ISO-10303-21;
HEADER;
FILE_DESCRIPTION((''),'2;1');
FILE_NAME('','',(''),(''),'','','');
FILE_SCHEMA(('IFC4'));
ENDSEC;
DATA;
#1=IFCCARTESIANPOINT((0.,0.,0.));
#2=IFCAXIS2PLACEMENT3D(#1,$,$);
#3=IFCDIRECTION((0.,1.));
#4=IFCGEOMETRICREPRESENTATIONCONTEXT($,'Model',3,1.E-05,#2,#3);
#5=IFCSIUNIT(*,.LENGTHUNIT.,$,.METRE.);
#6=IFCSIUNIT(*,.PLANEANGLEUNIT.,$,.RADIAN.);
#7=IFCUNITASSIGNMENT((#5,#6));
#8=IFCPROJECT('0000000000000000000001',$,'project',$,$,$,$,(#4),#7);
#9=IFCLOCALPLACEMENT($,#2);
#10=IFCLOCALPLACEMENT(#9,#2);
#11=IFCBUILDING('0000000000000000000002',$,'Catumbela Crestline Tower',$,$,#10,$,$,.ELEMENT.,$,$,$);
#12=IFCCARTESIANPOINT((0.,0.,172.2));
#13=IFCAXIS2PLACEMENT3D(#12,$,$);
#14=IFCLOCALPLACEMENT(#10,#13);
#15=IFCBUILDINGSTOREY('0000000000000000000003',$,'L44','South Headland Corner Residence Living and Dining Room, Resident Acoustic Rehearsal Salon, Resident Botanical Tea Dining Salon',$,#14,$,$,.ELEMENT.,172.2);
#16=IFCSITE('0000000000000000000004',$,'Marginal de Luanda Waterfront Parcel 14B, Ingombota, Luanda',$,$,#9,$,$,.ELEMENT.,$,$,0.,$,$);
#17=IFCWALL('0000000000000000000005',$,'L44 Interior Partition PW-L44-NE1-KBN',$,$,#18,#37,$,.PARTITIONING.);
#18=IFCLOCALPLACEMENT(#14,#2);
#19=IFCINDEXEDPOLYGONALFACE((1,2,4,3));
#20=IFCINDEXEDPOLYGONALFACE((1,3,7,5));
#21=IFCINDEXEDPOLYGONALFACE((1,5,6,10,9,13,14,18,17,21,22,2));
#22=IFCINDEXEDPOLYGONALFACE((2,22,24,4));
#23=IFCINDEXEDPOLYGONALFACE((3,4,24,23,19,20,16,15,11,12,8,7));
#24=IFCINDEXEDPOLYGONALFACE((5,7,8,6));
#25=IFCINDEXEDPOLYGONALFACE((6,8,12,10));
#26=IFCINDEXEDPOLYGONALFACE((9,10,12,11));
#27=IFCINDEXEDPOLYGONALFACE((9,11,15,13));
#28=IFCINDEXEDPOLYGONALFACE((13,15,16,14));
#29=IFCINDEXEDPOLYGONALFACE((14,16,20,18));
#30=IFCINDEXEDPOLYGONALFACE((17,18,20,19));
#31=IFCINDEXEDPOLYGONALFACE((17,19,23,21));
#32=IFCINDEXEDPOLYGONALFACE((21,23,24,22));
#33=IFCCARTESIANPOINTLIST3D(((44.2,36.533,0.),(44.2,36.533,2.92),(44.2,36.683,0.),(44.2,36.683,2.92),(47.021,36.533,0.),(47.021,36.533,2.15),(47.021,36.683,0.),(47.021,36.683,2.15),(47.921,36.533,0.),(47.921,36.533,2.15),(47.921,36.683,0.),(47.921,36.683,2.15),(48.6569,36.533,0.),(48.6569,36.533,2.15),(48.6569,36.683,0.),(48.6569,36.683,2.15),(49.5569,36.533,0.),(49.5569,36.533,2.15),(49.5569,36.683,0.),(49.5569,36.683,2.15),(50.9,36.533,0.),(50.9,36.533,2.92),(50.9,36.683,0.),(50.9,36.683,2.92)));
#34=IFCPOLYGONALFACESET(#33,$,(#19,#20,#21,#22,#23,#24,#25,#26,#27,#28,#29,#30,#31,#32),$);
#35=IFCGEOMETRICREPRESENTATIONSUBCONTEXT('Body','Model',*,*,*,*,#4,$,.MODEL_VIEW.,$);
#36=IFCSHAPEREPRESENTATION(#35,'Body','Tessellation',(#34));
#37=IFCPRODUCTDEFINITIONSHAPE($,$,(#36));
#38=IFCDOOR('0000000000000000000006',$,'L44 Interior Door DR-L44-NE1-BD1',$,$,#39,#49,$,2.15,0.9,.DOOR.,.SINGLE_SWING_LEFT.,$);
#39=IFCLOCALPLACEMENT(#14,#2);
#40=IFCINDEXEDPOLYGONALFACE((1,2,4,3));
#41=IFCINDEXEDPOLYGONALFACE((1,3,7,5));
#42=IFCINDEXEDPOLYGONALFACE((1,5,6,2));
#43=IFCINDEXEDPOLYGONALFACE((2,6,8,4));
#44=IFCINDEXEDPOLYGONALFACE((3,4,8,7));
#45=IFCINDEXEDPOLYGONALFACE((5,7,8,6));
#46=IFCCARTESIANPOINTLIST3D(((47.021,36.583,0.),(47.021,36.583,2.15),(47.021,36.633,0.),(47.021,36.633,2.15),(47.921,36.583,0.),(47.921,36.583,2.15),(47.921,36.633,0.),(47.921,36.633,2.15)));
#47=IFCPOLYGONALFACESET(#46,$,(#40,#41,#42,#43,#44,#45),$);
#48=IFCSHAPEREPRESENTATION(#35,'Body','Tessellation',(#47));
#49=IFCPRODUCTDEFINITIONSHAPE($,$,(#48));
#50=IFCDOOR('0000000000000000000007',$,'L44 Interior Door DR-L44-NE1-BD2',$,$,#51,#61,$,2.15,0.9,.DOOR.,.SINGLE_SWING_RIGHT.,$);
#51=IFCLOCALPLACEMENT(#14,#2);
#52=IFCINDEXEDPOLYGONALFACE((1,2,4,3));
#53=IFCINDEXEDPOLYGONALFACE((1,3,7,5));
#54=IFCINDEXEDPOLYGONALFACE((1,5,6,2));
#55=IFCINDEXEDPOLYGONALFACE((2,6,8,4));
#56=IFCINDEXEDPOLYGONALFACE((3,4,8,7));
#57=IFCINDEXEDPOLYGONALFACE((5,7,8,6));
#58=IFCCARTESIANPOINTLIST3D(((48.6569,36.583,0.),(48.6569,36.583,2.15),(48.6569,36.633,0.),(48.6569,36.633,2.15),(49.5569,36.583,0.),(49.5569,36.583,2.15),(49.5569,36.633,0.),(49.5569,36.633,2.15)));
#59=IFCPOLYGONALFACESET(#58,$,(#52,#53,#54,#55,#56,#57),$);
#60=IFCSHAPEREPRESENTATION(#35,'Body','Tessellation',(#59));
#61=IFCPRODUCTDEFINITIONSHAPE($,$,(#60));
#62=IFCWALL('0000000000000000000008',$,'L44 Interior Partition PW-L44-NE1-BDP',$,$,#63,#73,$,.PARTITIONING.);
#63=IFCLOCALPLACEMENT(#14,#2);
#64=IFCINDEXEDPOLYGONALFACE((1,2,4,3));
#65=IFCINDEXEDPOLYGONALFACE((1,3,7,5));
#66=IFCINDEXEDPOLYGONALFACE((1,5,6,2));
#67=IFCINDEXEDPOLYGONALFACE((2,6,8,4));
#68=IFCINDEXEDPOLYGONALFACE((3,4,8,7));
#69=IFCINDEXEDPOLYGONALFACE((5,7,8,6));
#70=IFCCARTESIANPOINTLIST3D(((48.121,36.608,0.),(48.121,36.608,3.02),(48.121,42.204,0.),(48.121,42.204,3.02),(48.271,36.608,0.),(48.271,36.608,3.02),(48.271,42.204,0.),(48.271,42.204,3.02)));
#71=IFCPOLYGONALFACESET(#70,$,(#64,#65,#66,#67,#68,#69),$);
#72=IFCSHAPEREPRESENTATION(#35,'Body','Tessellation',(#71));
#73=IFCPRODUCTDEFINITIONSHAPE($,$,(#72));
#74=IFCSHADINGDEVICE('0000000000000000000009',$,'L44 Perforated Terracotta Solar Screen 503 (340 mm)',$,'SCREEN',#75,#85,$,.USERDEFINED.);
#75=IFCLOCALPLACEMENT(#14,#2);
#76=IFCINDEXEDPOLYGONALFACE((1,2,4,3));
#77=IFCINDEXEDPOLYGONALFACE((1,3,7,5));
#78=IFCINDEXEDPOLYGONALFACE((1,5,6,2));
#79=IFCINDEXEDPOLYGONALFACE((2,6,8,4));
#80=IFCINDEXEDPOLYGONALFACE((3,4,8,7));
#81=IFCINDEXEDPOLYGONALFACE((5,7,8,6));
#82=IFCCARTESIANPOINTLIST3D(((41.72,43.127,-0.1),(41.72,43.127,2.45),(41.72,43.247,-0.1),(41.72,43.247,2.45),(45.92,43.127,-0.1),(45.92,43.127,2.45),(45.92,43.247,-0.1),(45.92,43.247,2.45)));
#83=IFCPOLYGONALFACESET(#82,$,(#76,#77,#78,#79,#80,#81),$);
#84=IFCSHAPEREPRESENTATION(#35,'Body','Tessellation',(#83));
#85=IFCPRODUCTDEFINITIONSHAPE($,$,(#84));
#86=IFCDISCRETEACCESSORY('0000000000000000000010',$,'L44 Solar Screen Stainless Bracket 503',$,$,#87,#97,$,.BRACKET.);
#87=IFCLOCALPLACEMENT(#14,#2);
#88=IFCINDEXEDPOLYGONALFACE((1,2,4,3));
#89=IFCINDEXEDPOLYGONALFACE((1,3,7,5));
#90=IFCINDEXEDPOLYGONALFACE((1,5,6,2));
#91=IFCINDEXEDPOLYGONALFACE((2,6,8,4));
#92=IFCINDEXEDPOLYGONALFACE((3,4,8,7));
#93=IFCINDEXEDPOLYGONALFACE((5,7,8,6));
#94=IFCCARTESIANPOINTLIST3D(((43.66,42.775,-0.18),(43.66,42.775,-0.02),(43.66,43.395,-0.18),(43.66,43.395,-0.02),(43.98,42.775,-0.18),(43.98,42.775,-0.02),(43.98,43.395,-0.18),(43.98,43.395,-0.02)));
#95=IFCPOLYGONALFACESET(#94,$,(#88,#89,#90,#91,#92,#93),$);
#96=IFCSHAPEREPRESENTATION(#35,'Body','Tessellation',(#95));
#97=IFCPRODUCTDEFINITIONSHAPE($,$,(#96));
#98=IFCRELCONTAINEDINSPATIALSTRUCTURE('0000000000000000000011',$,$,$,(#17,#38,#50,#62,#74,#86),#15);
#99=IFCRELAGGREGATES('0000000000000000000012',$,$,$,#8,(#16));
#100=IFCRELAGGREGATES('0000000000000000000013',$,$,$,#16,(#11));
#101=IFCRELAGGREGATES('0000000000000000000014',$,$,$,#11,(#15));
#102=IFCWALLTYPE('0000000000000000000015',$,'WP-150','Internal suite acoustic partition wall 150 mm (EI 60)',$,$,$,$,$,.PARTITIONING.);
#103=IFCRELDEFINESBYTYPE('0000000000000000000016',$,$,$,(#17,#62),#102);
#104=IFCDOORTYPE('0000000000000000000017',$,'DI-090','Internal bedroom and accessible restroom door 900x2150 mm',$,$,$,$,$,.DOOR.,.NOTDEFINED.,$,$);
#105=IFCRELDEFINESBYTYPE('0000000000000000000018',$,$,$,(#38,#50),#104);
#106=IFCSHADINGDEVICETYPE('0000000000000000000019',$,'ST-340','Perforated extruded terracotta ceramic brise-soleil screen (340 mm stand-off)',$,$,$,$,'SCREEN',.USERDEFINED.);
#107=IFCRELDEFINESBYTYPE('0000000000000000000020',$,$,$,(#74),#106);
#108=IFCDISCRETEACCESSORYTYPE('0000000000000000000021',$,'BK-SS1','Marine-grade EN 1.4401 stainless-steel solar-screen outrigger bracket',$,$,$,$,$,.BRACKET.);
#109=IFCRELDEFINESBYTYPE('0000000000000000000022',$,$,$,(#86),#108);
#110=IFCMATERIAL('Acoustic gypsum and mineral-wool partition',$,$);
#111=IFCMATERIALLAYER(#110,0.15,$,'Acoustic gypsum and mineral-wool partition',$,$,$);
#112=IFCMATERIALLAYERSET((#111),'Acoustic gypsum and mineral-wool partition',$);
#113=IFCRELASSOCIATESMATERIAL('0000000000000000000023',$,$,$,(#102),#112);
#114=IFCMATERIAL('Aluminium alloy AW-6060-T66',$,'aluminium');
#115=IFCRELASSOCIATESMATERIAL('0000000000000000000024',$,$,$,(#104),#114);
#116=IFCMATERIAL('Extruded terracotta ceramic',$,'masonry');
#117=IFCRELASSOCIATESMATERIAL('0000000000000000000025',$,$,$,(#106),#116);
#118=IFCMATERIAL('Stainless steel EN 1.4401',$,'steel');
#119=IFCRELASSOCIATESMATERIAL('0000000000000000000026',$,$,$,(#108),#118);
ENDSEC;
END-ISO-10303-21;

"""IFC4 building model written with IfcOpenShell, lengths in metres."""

from ifc_helpers import new_model, si_unit, direction, frame, frame_2d, origin, origin_2d, place, context, subcontext, project, spatial, rectangle, extrude, material, layer, layer_set, type_object, element, fill, save


model = new_model("IFC4")

# Units and contexts
model_context = context("Model", 3, precision=1e-05, world=origin(), true_north=direction((0.0, 1.0)))
body_context = subcontext(model_context, "Body", "Model", "MODEL_VIEW")
ifc_project = project(units=[si_unit("LENGTHUNIT", "METRE"), si_unit("PLANEANGLEUNIT", "RADIAN")], contexts=[model_context])

# Site, building, storey
site_placement = place(None, origin())
site = spatial("IfcSite", under=ifc_project, at=site_placement, Name="Marginal de Luanda Waterfront Parcel 14B, Ingombota, Luanda", CompositionType="ELEMENT", RefElevation=0.0)
building_placement = place(site_placement, origin())
building = spatial("IfcBuilding", under=site, at=building_placement, Name="Catumbela Crestline Tower", CompositionType="ELEMENT")
storey_placement = place(building_placement, frame((0.0, 0.0, 172.2)))
storey = spatial("IfcBuildingStorey", under=building, at=storey_placement, Name="L44", Description="South Headland Corner Residence Living and Dining Room, Resident Acoustic Rehearsal Salon, Resident Botanical Tea Dining Salon", CompositionType="ELEMENT", Elevation=172.2)

# Shared definitions
ifc_material_1 = material(Name="Aluminium alloy AW-6060-T66", Category="aluminium")

# Wall, openings, doors
ifc_material_2 = material(Name="Acoustic gypsum and mineral-wool partition")
ifc_layer_1 = layer(ifc_material_2, 0.15, Name="Acoustic gypsum and mineral-wool partition")
ifc_layer_set_1 = layer_set([ifc_layer_1], Name="Acoustic gypsum and mineral-wool partition")
wall_type_1 = type_object("IfcWallType", Name="WP-150", Description="Internal suite acoustic partition wall 150 mm (EI 60)", PredefinedType="PARTITIONING", material=ifc_layer_set_1)
wall_1_placement = place(storey_placement, frame((44.2, 36.608, 0.0), z_axis=(0.0, 0.0, 1.0), x_axis=(1.0, 0.0, 0.0)))
wall_1 = element("IfcWall", 1, at=wall_1_placement, inside=storey, type_object=wall_type_1, Name="L44 Interior Partition PW-L44-NE1-KBN", PredefinedType="PARTITIONING", context=body_context, shape_type="SweptSolid", body=[
    extrude(rectangle(XDim=6.7, YDim=0.15, at=frame_2d((3.35, 0.0))), origin(), (0.0, 0.0, 1.0), 2.92),
])
opening_1_placement = place(wall_1_placement, frame((2.821, 0.0, 0.0)))
opening_1 = element("IfcOpeningElement", 2, at=opening_1_placement, cuts=wall_1, PredefinedType="OPENING", context=body_context, shape_type="SweptSolid", body=[
    extrude(rectangle(XDim=0.9, YDim=2.15, at=frame_2d((0.45, 1.075))), frame((0.0, 0.085, 0.0), z_axis=(0.0, -1.0, 0.0), x_axis=(1.0, 0.0, 0.0)), (0.0, 0.0, 1.0), 0.17),
])
opening_2_placement = place(wall_1_placement, frame((4.4569, 0.0, 0.0)))
opening_2 = element("IfcOpeningElement", 3, at=opening_2_placement, cuts=wall_1, PredefinedType="OPENING", context=body_context, shape_type="SweptSolid", body=[
    extrude(rectangle(XDim=0.9, YDim=2.15, at=frame_2d((0.45, 1.075))), frame((0.0, 0.085, 0.0), z_axis=(0.0, -1.0, 0.0), x_axis=(1.0, 0.0, 0.0)), (0.0, 0.0, 1.0), 0.17),
])
door_type = type_object("IfcDoorType", Name="DI-090", Description="Internal bedroom and accessible restroom door 900x2150 mm", OperationType="NOTDEFINED", PredefinedType="DOOR", material=ifc_material_1)
door_1_placement = place(opening_1_placement, origin())
door_1 = element("IfcDoor", 4, at=door_1_placement, inside=storey, type_object=door_type, Name="L44 Interior Door DR-L44-NE1-BD1", OperationType="SINGLE_SWING_LEFT", OverallHeight=2.15, OverallWidth=0.9, PredefinedType="DOOR", context=body_context, shape_type="SweptSolid", body=[
    extrude(rectangle(XDim=0.9, YDim=2.15, at=frame_2d((0.45, 1.075))), frame((0.0, 0.025, 0.0), z_axis=(0.0, -1.0, 0.0), x_axis=(1.0, 0.0, 0.0)), (0.0, 0.0, 1.0), 0.05),
])
fill(opening_1, door_1)
door_2_placement = place(opening_2_placement, origin())
door_2 = element("IfcDoor", 5, at=door_2_placement, inside=storey, type_object=door_type, Name="L44 Interior Door DR-L44-NE1-BD2", OperationType="SINGLE_SWING_RIGHT", OverallHeight=2.15, OverallWidth=0.9, PredefinedType="DOOR", context=body_context, shape_type="SweptSolid", body=[
    extrude(rectangle(XDim=0.9, YDim=2.15, at=frame_2d((0.45, 1.075))), frame((0.0, 0.025, 0.0), z_axis=(0.0, -1.0, 0.0), x_axis=(1.0, 0.0, 0.0)), (0.0, 0.0, 1.0), 0.05),
])
fill(opening_2, door_2)

# Wall
wall_2_placement = place(storey_placement, frame((48.196, 36.608, 0.0), z_axis=(0.0, 0.0, 1.0), x_axis=(0.0, 1.0, 0.0)))
element("IfcWall", 6, at=wall_2_placement, inside=storey, type_object=wall_type_1, Name="L44 Interior Partition PW-L44-NE1-BDP", PredefinedType="PARTITIONING", context=body_context, shape_type="SweptSolid", body=[
    extrude(rectangle(XDim=5.596, YDim=0.15, at=frame_2d((2.798, 0.0))), origin(), (0.0, 0.0, 1.0), 3.02),
])

# Shading device
ifc_material_3 = material(Name="Extruded terracotta ceramic", Category="masonry")
shading_device_type = type_object("IfcShadingDeviceType", Name="ST-340", Description="Perforated extruded terracotta ceramic brise-soleil screen (340 mm stand-off)", ElementType="SCREEN", PredefinedType="USERDEFINED", material=ifc_material_3)
shading_device_placement = place(storey_placement, frame((43.82, 43.187, -0.1), z_axis=(0.0, 0.0, 1.0), x_axis=(-1.0, 0.0, 0.0)))
element("IfcShadingDevice", 7, at=shading_device_placement, inside=storey, type_object=shading_device_type, Name="L44 Perforated Terracotta Solar Screen 503 (340 mm)", ObjectType="SCREEN", PredefinedType="USERDEFINED", context=body_context, shape_type="SweptSolid", body=[
    extrude(rectangle(XDim=4.2, YDim=0.12, at=origin_2d()), origin(), (0.0, 0.0, 1.0), 2.55),
])

# Discrete accessory
ifc_material_4 = material(Name="Stainless steel EN 1.4401", Category="steel")
discrete_accessory_type = type_object("IfcDiscreteAccessoryType", Name="BK-SS1", Description="Marine-grade EN 1.4401 stainless-steel solar-screen outrigger bracket", PredefinedType="BRACKET", material=ifc_material_4)
discrete_accessory_placement = place(storey_placement, frame((43.82, 43.085, -0.18), z_axis=(0.0, 0.0, 1.0), x_axis=(-1.0, 0.0, 0.0)))
element("IfcDiscreteAccessory", 8, at=discrete_accessory_placement, inside=storey, type_object=discrete_accessory_type, Name="L44 Solar Screen Stainless Bracket 503", PredefinedType="BRACKET", context=body_context, shape_type="SweptSolid", body=[
    extrude(rectangle(XDim=0.32, YDim=0.62, at=origin_2d()), origin(), (0.0, 0.0, 1.0), 0.16),
])

save(model, "model.ifc")
